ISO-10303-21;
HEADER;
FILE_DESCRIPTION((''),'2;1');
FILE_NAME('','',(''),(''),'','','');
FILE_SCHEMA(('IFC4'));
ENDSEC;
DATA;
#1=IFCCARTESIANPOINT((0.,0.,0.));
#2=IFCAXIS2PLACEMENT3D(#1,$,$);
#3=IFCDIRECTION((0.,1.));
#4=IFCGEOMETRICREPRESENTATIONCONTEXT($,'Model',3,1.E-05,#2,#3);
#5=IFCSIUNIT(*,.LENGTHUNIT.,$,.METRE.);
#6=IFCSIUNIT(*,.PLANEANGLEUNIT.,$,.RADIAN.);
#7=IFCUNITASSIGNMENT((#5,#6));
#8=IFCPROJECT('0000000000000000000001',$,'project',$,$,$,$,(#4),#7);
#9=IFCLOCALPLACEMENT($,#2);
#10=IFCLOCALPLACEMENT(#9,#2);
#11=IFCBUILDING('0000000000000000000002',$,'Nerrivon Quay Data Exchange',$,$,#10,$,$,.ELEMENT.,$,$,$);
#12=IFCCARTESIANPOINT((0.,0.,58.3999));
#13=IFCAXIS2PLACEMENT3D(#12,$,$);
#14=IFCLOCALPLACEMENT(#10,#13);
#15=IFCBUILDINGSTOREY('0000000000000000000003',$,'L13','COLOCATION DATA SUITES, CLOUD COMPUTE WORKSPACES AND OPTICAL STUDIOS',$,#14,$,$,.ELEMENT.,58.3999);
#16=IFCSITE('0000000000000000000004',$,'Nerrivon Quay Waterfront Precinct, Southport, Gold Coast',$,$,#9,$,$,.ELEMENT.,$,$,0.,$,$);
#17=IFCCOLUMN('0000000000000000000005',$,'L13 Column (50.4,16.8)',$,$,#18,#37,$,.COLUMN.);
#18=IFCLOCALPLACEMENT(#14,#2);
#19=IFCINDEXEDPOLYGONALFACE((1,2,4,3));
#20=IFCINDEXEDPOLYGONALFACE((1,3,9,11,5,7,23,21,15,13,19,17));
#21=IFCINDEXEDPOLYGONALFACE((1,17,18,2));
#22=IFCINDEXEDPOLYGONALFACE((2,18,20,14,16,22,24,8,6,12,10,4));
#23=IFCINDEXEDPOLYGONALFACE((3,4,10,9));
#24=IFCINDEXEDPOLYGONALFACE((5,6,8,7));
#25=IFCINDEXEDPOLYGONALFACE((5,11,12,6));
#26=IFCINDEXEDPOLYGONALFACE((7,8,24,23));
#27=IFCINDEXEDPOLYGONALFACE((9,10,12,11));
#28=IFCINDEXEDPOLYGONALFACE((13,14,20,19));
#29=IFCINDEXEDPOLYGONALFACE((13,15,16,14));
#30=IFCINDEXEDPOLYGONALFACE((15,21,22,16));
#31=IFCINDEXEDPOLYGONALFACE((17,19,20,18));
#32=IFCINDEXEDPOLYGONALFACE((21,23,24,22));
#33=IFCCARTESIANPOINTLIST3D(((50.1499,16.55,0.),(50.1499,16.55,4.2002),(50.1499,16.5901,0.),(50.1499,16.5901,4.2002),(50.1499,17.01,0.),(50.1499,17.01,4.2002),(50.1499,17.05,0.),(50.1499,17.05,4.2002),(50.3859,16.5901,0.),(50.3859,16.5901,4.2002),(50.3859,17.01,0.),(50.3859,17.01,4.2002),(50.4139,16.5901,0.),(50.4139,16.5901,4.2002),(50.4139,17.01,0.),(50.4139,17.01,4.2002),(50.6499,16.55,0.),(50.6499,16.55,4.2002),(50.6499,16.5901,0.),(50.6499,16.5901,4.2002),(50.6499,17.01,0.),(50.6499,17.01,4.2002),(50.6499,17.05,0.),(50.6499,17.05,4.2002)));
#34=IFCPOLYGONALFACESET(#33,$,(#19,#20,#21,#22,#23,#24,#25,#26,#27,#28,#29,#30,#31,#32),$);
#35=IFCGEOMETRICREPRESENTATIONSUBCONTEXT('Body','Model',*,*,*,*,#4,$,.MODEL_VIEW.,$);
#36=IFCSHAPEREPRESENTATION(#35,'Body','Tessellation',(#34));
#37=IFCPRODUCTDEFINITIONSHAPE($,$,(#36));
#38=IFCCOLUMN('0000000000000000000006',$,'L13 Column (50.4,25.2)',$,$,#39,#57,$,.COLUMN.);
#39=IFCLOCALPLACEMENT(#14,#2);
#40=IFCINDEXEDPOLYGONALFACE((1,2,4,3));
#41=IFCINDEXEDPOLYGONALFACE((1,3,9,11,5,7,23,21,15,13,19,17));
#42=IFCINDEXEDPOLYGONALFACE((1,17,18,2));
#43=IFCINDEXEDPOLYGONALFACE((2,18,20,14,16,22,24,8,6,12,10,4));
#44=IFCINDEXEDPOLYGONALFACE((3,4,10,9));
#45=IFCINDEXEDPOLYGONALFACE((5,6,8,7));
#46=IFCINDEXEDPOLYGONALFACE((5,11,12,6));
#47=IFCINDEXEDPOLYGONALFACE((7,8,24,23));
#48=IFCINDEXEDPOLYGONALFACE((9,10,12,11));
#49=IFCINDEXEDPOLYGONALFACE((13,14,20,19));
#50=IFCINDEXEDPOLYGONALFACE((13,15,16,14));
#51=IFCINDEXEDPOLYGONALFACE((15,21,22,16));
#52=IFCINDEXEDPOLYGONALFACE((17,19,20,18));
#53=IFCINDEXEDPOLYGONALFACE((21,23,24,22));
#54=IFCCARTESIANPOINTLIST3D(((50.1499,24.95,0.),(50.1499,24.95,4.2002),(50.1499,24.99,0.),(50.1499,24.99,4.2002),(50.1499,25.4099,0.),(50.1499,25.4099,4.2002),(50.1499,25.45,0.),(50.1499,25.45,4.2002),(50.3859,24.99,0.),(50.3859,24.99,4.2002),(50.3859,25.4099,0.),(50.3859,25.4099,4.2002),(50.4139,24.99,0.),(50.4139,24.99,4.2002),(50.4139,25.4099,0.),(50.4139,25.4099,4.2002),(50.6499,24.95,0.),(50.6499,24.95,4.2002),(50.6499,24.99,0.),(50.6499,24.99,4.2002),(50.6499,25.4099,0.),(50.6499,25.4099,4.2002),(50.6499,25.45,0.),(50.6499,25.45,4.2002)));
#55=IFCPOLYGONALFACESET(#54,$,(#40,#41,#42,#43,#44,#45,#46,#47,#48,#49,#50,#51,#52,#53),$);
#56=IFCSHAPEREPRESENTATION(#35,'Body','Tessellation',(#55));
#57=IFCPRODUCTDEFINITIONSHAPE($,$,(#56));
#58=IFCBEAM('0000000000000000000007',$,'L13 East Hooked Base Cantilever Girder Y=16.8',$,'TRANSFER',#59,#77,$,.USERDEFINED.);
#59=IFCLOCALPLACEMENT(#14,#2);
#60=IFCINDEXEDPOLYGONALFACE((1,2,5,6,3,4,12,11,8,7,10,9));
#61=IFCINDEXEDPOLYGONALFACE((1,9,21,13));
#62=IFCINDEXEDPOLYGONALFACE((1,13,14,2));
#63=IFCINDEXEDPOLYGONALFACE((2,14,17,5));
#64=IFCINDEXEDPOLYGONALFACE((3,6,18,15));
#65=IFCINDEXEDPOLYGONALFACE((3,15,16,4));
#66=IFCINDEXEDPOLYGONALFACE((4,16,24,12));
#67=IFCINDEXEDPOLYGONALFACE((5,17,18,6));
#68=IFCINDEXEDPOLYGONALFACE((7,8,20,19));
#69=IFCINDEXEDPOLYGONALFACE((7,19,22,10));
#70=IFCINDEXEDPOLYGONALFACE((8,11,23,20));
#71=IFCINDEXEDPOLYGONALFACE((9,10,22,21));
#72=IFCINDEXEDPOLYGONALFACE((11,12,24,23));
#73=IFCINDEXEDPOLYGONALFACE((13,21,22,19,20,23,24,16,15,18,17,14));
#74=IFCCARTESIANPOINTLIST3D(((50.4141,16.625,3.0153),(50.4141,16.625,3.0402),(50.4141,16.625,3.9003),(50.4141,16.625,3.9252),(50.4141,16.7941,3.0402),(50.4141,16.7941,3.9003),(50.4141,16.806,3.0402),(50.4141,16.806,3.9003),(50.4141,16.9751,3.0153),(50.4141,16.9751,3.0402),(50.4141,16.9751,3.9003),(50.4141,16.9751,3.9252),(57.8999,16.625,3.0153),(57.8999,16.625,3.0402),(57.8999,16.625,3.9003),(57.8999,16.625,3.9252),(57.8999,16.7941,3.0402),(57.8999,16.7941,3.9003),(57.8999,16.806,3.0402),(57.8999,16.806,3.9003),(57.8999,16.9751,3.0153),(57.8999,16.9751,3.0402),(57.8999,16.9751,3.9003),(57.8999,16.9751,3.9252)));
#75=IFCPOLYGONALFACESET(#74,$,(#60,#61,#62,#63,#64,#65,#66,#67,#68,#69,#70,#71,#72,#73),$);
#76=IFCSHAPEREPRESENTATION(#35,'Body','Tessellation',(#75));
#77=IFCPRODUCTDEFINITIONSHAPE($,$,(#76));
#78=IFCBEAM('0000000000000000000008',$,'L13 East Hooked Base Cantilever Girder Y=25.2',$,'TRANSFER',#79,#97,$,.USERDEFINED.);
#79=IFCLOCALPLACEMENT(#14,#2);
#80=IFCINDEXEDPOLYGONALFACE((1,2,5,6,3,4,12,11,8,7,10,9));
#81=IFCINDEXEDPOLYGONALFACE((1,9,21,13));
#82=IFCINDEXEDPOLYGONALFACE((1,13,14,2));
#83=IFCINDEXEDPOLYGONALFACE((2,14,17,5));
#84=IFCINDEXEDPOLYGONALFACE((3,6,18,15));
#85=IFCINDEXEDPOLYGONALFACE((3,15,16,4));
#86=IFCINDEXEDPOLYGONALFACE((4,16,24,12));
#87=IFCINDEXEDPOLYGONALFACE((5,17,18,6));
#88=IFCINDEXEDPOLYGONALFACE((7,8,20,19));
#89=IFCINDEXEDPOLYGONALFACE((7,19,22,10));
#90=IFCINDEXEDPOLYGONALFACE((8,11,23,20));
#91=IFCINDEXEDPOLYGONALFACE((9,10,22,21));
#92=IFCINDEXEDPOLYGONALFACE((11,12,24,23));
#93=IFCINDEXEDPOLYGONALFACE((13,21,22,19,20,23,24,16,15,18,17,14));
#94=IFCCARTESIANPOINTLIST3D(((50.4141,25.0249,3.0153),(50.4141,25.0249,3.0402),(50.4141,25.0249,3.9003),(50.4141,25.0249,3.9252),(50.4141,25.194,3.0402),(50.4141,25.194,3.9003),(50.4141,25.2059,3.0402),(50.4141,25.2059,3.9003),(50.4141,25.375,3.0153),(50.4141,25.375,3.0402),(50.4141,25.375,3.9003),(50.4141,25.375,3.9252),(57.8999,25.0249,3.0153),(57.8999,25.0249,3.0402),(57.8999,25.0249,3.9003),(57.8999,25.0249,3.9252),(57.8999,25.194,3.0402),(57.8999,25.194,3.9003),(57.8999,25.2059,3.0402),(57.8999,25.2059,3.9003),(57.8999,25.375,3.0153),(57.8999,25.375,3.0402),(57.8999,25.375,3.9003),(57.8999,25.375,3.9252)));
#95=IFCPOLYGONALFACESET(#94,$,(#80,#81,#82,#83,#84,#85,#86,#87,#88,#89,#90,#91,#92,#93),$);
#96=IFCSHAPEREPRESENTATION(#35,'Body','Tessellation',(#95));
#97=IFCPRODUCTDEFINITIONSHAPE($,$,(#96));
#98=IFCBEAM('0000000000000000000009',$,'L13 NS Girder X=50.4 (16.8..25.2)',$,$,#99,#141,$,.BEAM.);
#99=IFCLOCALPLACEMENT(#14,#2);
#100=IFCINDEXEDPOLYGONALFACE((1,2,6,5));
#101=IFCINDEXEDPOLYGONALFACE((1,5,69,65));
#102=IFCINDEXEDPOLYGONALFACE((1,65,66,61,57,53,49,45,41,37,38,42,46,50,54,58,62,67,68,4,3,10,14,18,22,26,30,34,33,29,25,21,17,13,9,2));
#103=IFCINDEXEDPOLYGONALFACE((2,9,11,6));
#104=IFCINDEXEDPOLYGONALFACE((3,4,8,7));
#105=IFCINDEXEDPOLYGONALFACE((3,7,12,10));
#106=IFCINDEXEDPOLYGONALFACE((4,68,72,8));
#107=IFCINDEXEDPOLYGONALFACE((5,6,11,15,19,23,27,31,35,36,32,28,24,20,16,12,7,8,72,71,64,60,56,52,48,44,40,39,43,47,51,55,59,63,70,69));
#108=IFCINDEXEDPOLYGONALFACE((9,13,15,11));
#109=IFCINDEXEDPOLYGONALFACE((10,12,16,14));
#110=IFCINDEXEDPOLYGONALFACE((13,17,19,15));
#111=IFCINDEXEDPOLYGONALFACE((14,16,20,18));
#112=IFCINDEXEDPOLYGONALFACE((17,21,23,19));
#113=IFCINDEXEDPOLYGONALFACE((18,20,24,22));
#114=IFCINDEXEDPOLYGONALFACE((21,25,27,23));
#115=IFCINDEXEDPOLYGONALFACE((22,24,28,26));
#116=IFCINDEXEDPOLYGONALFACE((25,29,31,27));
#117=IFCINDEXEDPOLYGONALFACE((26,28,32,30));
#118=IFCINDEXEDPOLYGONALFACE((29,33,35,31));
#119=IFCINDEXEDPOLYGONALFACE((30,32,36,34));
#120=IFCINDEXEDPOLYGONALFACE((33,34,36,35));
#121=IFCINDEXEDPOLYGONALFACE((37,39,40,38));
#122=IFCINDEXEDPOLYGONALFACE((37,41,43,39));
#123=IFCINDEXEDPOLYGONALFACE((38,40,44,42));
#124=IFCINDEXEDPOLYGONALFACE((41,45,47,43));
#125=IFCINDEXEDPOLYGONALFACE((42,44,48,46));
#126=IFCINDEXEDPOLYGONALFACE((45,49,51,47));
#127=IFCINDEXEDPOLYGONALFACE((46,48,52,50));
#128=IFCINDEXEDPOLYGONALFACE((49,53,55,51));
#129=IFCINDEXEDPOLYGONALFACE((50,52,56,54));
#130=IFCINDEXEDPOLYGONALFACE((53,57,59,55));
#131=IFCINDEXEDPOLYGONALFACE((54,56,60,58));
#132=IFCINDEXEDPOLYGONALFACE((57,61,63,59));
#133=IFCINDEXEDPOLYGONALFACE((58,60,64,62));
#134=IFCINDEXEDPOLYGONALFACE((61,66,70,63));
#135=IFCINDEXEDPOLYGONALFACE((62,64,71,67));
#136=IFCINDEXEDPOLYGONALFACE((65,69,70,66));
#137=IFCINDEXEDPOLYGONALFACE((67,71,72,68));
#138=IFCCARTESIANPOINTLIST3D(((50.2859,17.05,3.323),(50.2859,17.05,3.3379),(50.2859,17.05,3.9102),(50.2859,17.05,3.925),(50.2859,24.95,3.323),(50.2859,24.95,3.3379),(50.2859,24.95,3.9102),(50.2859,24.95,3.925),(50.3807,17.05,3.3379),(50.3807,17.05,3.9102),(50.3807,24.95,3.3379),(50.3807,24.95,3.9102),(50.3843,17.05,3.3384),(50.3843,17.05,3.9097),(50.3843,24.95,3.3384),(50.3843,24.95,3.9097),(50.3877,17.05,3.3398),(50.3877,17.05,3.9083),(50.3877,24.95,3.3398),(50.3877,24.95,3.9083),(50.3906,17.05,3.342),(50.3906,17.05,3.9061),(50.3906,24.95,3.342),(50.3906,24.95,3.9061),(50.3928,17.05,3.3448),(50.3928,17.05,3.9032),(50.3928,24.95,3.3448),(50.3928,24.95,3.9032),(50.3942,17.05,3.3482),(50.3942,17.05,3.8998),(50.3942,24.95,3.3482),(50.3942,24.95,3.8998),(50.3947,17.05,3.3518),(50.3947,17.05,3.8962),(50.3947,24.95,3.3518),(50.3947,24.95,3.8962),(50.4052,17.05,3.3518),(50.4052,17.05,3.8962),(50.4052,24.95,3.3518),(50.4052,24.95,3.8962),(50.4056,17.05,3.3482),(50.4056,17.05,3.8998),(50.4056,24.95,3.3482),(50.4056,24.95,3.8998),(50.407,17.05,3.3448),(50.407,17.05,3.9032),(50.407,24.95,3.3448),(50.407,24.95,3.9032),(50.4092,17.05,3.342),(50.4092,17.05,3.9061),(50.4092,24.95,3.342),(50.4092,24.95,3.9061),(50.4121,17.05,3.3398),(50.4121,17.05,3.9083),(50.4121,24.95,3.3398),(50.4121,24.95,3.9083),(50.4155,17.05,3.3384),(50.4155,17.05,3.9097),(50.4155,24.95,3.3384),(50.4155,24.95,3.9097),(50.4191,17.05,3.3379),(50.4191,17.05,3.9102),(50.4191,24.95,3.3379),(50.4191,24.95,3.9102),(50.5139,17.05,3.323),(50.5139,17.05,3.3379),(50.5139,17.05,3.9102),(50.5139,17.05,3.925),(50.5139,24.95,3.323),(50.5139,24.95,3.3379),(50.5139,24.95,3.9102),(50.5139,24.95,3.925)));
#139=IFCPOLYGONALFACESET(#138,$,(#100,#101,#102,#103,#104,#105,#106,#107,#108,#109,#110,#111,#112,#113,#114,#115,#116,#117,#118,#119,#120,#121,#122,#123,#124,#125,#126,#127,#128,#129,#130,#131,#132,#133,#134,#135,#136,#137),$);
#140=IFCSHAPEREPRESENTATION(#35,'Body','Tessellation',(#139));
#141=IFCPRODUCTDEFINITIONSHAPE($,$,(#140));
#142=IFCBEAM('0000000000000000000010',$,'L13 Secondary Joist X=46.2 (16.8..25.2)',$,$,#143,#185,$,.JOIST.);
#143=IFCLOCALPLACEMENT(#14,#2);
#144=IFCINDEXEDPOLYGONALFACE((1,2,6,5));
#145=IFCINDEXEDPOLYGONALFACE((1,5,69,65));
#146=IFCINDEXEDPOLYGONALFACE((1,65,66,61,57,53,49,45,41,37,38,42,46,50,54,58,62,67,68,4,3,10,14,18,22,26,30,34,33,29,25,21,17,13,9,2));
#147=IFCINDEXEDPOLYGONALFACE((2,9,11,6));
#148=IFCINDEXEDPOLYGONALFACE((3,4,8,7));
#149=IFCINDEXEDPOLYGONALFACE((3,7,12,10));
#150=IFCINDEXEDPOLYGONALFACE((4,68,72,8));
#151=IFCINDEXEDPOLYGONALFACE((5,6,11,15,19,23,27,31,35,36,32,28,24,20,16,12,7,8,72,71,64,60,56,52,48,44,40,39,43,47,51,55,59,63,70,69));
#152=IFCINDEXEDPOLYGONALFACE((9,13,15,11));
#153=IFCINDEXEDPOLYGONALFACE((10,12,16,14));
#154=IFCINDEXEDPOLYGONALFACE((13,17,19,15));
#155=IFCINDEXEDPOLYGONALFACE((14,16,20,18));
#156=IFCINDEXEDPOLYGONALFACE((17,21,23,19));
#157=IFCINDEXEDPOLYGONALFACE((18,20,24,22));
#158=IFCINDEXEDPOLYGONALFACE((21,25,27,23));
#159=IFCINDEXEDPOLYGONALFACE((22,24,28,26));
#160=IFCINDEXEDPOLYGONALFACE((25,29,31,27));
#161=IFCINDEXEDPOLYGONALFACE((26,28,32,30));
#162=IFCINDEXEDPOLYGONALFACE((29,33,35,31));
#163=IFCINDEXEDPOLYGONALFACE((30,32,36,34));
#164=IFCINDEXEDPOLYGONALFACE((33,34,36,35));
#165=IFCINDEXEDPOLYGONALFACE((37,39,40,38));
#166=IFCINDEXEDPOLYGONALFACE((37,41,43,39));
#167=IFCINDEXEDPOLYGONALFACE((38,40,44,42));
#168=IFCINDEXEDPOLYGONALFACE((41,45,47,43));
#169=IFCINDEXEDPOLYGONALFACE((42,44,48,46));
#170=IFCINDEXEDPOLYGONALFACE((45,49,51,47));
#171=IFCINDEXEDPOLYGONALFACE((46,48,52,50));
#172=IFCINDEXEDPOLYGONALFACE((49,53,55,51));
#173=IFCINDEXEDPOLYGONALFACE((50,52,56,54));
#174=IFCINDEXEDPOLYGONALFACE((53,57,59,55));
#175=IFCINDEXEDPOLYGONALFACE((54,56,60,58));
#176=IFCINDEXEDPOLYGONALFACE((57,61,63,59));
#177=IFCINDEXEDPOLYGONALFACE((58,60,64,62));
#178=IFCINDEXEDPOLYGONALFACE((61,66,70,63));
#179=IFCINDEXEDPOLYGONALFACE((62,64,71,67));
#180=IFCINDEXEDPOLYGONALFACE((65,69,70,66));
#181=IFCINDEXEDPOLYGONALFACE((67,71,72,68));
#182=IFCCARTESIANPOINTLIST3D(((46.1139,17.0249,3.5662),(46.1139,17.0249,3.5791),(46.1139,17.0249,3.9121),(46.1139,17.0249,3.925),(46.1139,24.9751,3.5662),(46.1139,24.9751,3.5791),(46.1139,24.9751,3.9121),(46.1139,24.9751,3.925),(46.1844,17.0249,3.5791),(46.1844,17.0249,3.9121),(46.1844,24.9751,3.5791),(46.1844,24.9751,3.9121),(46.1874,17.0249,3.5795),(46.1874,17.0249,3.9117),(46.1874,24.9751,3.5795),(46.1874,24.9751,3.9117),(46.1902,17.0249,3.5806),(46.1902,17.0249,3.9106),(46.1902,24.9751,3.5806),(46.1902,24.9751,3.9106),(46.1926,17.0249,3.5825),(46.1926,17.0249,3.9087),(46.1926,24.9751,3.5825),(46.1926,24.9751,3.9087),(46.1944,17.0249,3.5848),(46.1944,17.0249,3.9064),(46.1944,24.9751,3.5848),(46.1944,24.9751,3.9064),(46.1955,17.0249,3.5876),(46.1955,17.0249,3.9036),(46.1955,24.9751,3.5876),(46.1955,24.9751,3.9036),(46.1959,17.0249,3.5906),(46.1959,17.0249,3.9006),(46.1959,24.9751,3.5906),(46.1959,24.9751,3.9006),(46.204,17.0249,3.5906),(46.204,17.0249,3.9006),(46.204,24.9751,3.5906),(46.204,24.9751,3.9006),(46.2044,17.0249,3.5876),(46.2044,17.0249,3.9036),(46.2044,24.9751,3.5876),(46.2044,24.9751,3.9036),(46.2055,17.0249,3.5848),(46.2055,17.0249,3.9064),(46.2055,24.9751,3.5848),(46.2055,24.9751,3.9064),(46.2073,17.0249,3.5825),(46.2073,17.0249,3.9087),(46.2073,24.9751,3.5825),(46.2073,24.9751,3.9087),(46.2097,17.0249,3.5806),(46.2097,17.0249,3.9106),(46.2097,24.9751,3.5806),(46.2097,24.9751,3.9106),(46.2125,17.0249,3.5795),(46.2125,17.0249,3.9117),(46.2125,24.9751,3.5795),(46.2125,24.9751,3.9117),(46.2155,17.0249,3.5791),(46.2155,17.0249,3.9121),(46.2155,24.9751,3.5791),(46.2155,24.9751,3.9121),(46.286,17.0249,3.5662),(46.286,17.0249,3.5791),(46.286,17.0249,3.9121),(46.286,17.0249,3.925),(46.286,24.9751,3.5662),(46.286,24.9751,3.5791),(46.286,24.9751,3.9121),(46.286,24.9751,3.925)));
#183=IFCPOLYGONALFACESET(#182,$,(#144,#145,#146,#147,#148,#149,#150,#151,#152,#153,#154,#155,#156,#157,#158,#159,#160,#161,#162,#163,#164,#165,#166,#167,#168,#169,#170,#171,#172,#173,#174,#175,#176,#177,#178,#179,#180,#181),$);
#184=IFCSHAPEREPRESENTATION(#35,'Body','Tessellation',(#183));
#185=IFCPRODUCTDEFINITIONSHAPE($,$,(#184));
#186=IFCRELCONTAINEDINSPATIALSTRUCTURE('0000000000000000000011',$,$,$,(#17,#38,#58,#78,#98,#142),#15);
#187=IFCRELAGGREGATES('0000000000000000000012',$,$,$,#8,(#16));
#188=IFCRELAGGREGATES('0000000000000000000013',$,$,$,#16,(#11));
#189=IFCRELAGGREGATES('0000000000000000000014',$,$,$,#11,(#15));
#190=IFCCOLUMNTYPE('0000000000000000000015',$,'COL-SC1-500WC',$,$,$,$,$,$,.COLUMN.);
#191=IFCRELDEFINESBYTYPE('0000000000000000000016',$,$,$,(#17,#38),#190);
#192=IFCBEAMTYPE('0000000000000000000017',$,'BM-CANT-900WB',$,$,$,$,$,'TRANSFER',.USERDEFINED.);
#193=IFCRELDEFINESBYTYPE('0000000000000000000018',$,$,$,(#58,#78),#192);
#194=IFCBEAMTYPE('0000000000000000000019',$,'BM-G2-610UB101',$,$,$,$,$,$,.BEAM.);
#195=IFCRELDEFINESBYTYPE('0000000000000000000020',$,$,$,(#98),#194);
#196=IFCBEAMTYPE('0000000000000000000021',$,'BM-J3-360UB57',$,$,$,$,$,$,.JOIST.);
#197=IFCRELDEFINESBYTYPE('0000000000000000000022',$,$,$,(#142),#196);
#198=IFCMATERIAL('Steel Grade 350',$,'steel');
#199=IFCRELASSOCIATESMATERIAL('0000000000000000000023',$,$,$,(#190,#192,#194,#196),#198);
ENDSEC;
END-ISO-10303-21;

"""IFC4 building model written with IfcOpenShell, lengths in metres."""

from ifc_helpers import new_model, si_unit, direction, frame, origin, origin_2d, place, context, subcontext, project, spatial, i_section, extrude, material, material_profile, profile_set, type_object, element, save


model = new_model("IFC4")

# Units and contexts
model_context = context("Model", 3, precision=1e-05, world=origin(), true_north=direction((0.0, 1.0)))
body_context = subcontext(model_context, "Body", "Model", "MODEL_VIEW")
ifc_project = project(units=[si_unit("LENGTHUNIT", "METRE"), si_unit("PLANEANGLEUNIT", "RADIAN")], contexts=[model_context])

# Site, building, storey
site_placement = place(None, origin())
site = spatial("IfcSite", under=ifc_project, at=site_placement, Name="Nerrivon Quay Waterfront Precinct, Southport, Gold Coast", CompositionType="ELEMENT", RefElevation=0.0)
building_placement = place(site_placement, origin())
building = spatial("IfcBuilding", under=site, at=building_placement, Name="Nerrivon Quay Data Exchange", CompositionType="ELEMENT")
storey_placement = place(building_placement, frame((0.0, 0.0, 58.3999)))
storey = spatial("IfcBuildingStorey", under=building, at=storey_placement, Name="L13", Description="COLOCATION DATA SUITES, CLOUD COMPUTE WORKSPACES AND OPTICAL STUDIOS", CompositionType="ELEMENT", Elevation=58.3999)

# Columns
ifc_material_1 = material(Name="Steel Grade 350", Category="steel")
ifc_material_profile_1 = material_profile(ifc_material_1, i_section(OverallWidth=0.5, OverallDepth=0.5, WebThickness=0.0281, FlangeThickness=0.04, at=origin_2d()), Name="500WC440")
ifc_profile_set_1 = profile_set([ifc_material_profile_1], Name="Steel Grade 350")
column_type = type_object("IfcColumnType", Name="COL-SC1-500WC", PredefinedType="COLUMN", material=ifc_profile_set_1)
for number, where, z_axis, x_axis, name in (
    (1, (50.3999, 16.8, 0.0), (0.0, 0.0, 1.0), (1.0, 0.0, 0.0), "L13 Column (50.4,16.8)"),
    (2, (50.3999, 25.2, 0.0), (0.0, 0.0, 1.0), (1.0, 0.0, 0.0), "L13 Column (50.4,25.2)"),
):
    element("IfcColumn", number, at=place(storey_placement, frame(where, z_axis=z_axis, x_axis=x_axis)), inside=storey, type_object=column_type, Name=name, PredefinedType="COLUMN", context=body_context, shape_type="SweptSolid", body=[
        extrude(i_section(OverallWidth=0.5, OverallDepth=0.5, WebThickness=0.0281, FlangeThickness=0.04, at=origin_2d()), origin(), (0.0, 0.0, 1.0), 4.2002),
    ])

# Beams
ifc_material_profile_2 = material_profile(ifc_material_1, i_section(OverallWidth=0.3501, OverallDepth=0.9099, WebThickness=0.012, FlangeThickness=0.0249, at=origin_2d()), Name="900WB218")
ifc_profile_set_2 = profile_set([ifc_material_profile_2], Name="Steel Grade 350")
beam_type_1 = type_object("IfcBeamType", Name="BM-CANT-900WB", ElementType="TRANSFER", PredefinedType="USERDEFINED", material=ifc_profile_set_2)
for number, where, z_axis, x_axis, name in (
    (3, (50.4141, 16.8, 3.4702), (1.0, 0.0, 0.0), (0.0, 1.0, 0.0), "L13 East Hooked Base Cantilever Girder Y=16.8"),
    (4, (50.4141, 25.2, 3.4702), (1.0, 0.0, 0.0), (0.0, 1.0, 0.0), "L13 East Hooked Base Cantilever Girder Y=25.2"),
):
    element("IfcBeam", number, at=place(storey_placement, frame(where, z_axis=z_axis, x_axis=x_axis)), inside=storey, type_object=beam_type_1, Name=name, ObjectType="TRANSFER", PredefinedType="USERDEFINED", context=body_context, shape_type="SweptSolid", body=[
        extrude(i_section(OverallWidth=0.3501, OverallDepth=0.9099, WebThickness=0.012, FlangeThickness=0.0249, at=origin_2d()), origin(), (0.0, 0.0, 1.0), 7.4858),
    ])
ifc_material_profile_3 = material_profile(ifc_material_1, i_section(OverallWidth=0.228, OverallDepth=0.6021, WebThickness=0.0105, FlangeThickness=0.0149, FilletRadius=0.0139, at=origin_2d()), Name="610UB101")
ifc_profile_set_3 = profile_set([ifc_material_profile_3], Name="Steel Grade 350")
beam_type_2 = type_object("IfcBeamType", Name="BM-G2-610UB101", PredefinedType="BEAM", material=ifc_profile_set_3)
beam_1_placement = place(storey_placement, frame((50.3999, 17.05, 3.624), z_axis=(0.0, 1.0, 0.0), x_axis=(-1.0, 0.0, 0.0)))
element("IfcBeam", 5, at=beam_1_placement, inside=storey, type_object=beam_type_2, Name="L13 NS Girder X=50.4 (16.8..25.2)", PredefinedType="BEAM", context=body_context, shape_type="SweptSolid", body=[
    extrude(i_section(OverallWidth=0.228, OverallDepth=0.6021, WebThickness=0.0105, FlangeThickness=0.0149, FilletRadius=0.0139, at=origin_2d()), origin(), (0.0, 0.0, 1.0), 7.8999),
])
ifc_material_profile_4 = material_profile(ifc_material_1, i_section(OverallWidth=0.1721, OverallDepth=0.3589, WebThickness=0.0081, FlangeThickness=0.0129, FilletRadius=0.0115, at=origin_2d()), Name="360UB56.7")
ifc_profile_set_4 = profile_set([ifc_material_profile_4], Name="Steel Grade 350")
beam_type_3 = type_object("IfcBeamType", Name="BM-J3-360UB57", PredefinedType="JOIST", material=ifc_profile_set_4)
beam_2_placement = place(storey_placement, frame((46.2, 17.0249, 3.7456), z_axis=(0.0, 1.0, 0.0), x_axis=(-1.0, 0.0, 0.0)))
element("IfcBeam", 6, at=beam_2_placement, inside=storey, type_object=beam_type_3, Name="L13 Secondary Joist X=46.2 (16.8..25.2)", PredefinedType="JOIST", context=body_context, shape_type="SweptSolid", body=[
    extrude(i_section(OverallWidth=0.1721, OverallDepth=0.3589, WebThickness=0.0081, FlangeThickness=0.0129, FilletRadius=0.0115, at=origin_2d()), origin(), (0.0, 0.0, 1.0), 7.9502),
])

save(model, "model.ifc")
